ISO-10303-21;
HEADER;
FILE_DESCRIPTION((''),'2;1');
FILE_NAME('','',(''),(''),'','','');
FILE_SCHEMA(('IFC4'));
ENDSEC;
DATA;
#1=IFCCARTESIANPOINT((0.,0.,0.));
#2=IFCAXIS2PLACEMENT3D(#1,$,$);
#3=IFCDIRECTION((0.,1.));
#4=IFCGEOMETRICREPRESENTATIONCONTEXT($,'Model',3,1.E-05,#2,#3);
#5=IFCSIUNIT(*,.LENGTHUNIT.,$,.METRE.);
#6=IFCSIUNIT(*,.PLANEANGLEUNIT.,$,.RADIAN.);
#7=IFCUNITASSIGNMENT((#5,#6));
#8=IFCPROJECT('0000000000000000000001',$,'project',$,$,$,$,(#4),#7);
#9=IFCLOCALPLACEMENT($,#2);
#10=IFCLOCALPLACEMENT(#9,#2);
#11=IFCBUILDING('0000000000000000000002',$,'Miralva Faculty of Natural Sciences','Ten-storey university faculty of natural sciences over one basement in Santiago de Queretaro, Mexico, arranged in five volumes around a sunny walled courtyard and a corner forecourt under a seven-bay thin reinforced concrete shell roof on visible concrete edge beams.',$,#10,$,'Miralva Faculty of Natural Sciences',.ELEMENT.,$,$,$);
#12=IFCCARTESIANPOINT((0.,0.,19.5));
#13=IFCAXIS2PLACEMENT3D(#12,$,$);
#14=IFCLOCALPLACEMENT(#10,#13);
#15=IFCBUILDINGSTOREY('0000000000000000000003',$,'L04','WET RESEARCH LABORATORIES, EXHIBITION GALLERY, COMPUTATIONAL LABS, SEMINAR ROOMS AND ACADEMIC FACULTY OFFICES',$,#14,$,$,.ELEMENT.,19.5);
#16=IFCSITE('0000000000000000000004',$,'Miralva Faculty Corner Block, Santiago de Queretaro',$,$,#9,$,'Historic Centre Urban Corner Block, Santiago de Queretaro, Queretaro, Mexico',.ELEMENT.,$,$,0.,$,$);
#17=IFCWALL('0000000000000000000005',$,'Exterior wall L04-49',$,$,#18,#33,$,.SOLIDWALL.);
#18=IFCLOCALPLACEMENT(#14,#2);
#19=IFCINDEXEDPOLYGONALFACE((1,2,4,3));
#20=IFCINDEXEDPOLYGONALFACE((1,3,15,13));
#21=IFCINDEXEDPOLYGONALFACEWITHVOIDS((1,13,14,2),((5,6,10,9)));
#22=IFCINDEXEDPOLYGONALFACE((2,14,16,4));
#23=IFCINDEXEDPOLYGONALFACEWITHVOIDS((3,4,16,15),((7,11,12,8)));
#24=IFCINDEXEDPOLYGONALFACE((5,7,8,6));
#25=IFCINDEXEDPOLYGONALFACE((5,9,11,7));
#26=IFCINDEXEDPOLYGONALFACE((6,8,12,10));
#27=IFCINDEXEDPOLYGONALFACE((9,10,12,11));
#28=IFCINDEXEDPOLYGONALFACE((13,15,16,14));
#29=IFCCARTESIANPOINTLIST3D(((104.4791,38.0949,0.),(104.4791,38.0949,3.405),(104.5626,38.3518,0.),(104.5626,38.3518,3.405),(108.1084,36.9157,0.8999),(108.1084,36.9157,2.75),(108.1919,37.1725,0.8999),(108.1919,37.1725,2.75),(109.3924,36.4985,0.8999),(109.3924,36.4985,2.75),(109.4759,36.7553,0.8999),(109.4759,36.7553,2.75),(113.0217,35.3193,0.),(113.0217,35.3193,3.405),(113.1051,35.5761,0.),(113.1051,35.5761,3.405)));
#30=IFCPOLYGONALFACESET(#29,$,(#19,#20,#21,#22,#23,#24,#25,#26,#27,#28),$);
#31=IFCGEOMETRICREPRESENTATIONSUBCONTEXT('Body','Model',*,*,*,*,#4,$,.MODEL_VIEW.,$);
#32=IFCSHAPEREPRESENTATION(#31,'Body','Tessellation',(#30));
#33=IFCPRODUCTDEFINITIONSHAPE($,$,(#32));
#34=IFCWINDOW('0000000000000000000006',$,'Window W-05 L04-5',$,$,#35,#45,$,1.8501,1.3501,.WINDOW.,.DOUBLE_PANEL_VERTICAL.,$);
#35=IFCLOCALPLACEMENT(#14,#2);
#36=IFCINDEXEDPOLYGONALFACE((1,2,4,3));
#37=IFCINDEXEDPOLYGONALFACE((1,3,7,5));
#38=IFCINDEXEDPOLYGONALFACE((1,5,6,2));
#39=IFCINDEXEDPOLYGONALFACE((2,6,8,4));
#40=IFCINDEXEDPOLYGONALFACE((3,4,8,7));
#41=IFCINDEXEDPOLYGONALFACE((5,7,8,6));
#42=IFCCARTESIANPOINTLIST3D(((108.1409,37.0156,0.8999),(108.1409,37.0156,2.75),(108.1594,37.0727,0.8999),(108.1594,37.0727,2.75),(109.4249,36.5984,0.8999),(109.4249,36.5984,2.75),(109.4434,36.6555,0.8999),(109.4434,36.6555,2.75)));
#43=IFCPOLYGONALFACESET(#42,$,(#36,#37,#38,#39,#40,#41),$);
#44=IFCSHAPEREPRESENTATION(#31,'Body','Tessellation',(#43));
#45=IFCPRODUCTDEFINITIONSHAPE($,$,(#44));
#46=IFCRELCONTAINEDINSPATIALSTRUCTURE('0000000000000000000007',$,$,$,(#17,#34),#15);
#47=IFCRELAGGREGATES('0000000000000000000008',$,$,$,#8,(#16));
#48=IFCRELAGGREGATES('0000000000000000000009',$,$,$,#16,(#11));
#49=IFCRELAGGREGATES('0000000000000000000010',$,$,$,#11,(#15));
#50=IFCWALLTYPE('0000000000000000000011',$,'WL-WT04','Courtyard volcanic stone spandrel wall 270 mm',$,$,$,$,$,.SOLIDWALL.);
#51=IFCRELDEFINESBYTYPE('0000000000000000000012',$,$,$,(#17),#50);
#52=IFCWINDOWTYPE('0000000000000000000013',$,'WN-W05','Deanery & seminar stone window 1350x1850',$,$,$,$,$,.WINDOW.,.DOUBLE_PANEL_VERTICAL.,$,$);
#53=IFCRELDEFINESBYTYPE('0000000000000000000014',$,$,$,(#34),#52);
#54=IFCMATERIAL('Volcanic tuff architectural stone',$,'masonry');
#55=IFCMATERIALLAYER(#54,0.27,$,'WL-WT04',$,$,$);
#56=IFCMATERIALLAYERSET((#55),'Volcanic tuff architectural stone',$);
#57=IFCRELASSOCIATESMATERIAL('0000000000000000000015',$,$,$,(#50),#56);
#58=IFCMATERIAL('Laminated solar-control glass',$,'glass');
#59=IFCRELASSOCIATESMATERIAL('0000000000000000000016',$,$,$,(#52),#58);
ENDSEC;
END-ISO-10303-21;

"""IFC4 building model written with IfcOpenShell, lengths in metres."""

from ifc_helpers import new_model, si_unit, direction, frame, frame_2d, origin, place, context, subcontext, project, spatial, rectangle, extrude, material, layer, layer_set, type_object, element, fill, save


model = new_model("IFC4")

# Units and contexts
model_context = context("Model", 3, precision=1e-05, world=origin(), true_north=direction((0.0, 1.0)))
body_context = subcontext(model_context, "Body", "Model", "MODEL_VIEW")
ifc_project = project(units=[si_unit("LENGTHUNIT", "METRE"), si_unit("PLANEANGLEUNIT", "RADIAN")], contexts=[model_context])

# Site, building, storey
site_placement = place(None, origin())
site = spatial("IfcSite", under=ifc_project, at=site_placement, Name="Miralva Faculty Corner Block, Santiago de Queretaro", LongName="Historic Centre Urban Corner Block, Santiago de Queretaro, Queretaro, Mexico", CompositionType="ELEMENT", RefElevation=0.0)
building_placement = place(site_placement, origin())
building = spatial("IfcBuilding", under=site, at=building_placement, Name="Miralva Faculty of Natural Sciences", Description="Ten-storey university faculty of natural sciences over one basement in Santiago de Queretaro, Mexico, arranged in five volumes around a sunny walled courtyard and a corner forecourt under a seven-bay thin reinforced concrete shell roof on visible concrete edge beams.", LongName="Miralva Faculty of Natural Sciences", CompositionType="ELEMENT")
storey_placement = place(building_placement, frame((0.0, 0.0, 19.5)))
storey = spatial("IfcBuildingStorey", under=building, at=storey_placement, Name="L04", Description="WET RESEARCH LABORATORIES, EXHIBITION GALLERY, COMPUTATIONAL LABS, SEMINAR ROOMS AND ACADEMIC FACULTY OFFICES", CompositionType="ELEMENT", Elevation=19.5)

# Shared definitions
ifc_material_1 = material(Name="Laminated solar-control glass", Category="glass")

# Wall, opening, window
ifc_material_2 = material(Name="Volcanic tuff architectural stone", Category="masonry")
ifc_layer_1 = layer(ifc_material_2, 0.27, Name="WL-WT04")
ifc_layer_set_1 = layer_set([ifc_layer_1], Name="Volcanic tuff architectural stone")
wall_type_1 = type_object("IfcWallType", Name="WL-WT04", Description="Courtyard volcanic stone spandrel wall 270 mm", PredefinedType="SOLIDWALL", material=ifc_layer_set_1)
wall_1_placement = place(storey_placement, frame((104.5208, 38.2234, 0.0), z_axis=(0.0, 0.0, 1.0), x_axis=(0.951056, -0.309018, 0.0)))
wall_1 = element("IfcWall", 1, at=wall_1_placement, inside=storey, type_object=wall_type_1, Name="Exterior wall L04-49", PredefinedType="SOLIDWALL", context=body_context, shape_type="SweptSolid", body=[
    extrude(rectangle(XDim=8.9822, YDim=0.27, at=frame_2d((4.4912, 0.0))), origin(), (0.0, 0.0, 1.0), 3.405),
])
opening_placement = place(wall_1_placement, frame((3.8162, 0.0, 0.8999)))
opening = element("IfcOpeningElement", 2, at=opening_placement, cuts=wall_1, PredefinedType="OPENING", context=body_context, shape_type="SweptSolid", body=[
    extrude(rectangle(XDim=1.3501, YDim=1.8501, at=frame_2d((0.675, 0.925))), frame((0.0, 0.145, 0.0), z_axis=(0.0, -1.0, 0.0), x_axis=(1.0, 0.0, 0.0)), (0.0, 0.0, 1.0), 0.29),
])
window_type = type_object("IfcWindowType", Name="WN-W05", Description="Deanery & seminar stone window 1350x1850", PartitioningType="DOUBLE_PANEL_VERTICAL", PredefinedType="WINDOW", material=ifc_material_1)
window_placement = place(opening_placement, origin())
window = element("IfcWindow", 3, at=window_placement, inside=storey, type_object=window_type, Name="Window W-05 L04-5", OverallHeight=1.8501, OverallWidth=1.3501, PartitioningType="DOUBLE_PANEL_VERTICAL", PredefinedType="WINDOW", context=body_context, shape_type="SweptSolid", body=[
    extrude(rectangle(XDim=1.3501, YDim=1.8501, at=frame_2d((0.675, 0.925))), frame((0.0, 0.03, 0.0), z_axis=(0.0, -1.0, 0.0), x_axis=(1.0, 0.0, 0.0)), (0.0, 0.0, 1.0), 0.0601),
])
fill(opening, window)

save(model, "model.ifc")
